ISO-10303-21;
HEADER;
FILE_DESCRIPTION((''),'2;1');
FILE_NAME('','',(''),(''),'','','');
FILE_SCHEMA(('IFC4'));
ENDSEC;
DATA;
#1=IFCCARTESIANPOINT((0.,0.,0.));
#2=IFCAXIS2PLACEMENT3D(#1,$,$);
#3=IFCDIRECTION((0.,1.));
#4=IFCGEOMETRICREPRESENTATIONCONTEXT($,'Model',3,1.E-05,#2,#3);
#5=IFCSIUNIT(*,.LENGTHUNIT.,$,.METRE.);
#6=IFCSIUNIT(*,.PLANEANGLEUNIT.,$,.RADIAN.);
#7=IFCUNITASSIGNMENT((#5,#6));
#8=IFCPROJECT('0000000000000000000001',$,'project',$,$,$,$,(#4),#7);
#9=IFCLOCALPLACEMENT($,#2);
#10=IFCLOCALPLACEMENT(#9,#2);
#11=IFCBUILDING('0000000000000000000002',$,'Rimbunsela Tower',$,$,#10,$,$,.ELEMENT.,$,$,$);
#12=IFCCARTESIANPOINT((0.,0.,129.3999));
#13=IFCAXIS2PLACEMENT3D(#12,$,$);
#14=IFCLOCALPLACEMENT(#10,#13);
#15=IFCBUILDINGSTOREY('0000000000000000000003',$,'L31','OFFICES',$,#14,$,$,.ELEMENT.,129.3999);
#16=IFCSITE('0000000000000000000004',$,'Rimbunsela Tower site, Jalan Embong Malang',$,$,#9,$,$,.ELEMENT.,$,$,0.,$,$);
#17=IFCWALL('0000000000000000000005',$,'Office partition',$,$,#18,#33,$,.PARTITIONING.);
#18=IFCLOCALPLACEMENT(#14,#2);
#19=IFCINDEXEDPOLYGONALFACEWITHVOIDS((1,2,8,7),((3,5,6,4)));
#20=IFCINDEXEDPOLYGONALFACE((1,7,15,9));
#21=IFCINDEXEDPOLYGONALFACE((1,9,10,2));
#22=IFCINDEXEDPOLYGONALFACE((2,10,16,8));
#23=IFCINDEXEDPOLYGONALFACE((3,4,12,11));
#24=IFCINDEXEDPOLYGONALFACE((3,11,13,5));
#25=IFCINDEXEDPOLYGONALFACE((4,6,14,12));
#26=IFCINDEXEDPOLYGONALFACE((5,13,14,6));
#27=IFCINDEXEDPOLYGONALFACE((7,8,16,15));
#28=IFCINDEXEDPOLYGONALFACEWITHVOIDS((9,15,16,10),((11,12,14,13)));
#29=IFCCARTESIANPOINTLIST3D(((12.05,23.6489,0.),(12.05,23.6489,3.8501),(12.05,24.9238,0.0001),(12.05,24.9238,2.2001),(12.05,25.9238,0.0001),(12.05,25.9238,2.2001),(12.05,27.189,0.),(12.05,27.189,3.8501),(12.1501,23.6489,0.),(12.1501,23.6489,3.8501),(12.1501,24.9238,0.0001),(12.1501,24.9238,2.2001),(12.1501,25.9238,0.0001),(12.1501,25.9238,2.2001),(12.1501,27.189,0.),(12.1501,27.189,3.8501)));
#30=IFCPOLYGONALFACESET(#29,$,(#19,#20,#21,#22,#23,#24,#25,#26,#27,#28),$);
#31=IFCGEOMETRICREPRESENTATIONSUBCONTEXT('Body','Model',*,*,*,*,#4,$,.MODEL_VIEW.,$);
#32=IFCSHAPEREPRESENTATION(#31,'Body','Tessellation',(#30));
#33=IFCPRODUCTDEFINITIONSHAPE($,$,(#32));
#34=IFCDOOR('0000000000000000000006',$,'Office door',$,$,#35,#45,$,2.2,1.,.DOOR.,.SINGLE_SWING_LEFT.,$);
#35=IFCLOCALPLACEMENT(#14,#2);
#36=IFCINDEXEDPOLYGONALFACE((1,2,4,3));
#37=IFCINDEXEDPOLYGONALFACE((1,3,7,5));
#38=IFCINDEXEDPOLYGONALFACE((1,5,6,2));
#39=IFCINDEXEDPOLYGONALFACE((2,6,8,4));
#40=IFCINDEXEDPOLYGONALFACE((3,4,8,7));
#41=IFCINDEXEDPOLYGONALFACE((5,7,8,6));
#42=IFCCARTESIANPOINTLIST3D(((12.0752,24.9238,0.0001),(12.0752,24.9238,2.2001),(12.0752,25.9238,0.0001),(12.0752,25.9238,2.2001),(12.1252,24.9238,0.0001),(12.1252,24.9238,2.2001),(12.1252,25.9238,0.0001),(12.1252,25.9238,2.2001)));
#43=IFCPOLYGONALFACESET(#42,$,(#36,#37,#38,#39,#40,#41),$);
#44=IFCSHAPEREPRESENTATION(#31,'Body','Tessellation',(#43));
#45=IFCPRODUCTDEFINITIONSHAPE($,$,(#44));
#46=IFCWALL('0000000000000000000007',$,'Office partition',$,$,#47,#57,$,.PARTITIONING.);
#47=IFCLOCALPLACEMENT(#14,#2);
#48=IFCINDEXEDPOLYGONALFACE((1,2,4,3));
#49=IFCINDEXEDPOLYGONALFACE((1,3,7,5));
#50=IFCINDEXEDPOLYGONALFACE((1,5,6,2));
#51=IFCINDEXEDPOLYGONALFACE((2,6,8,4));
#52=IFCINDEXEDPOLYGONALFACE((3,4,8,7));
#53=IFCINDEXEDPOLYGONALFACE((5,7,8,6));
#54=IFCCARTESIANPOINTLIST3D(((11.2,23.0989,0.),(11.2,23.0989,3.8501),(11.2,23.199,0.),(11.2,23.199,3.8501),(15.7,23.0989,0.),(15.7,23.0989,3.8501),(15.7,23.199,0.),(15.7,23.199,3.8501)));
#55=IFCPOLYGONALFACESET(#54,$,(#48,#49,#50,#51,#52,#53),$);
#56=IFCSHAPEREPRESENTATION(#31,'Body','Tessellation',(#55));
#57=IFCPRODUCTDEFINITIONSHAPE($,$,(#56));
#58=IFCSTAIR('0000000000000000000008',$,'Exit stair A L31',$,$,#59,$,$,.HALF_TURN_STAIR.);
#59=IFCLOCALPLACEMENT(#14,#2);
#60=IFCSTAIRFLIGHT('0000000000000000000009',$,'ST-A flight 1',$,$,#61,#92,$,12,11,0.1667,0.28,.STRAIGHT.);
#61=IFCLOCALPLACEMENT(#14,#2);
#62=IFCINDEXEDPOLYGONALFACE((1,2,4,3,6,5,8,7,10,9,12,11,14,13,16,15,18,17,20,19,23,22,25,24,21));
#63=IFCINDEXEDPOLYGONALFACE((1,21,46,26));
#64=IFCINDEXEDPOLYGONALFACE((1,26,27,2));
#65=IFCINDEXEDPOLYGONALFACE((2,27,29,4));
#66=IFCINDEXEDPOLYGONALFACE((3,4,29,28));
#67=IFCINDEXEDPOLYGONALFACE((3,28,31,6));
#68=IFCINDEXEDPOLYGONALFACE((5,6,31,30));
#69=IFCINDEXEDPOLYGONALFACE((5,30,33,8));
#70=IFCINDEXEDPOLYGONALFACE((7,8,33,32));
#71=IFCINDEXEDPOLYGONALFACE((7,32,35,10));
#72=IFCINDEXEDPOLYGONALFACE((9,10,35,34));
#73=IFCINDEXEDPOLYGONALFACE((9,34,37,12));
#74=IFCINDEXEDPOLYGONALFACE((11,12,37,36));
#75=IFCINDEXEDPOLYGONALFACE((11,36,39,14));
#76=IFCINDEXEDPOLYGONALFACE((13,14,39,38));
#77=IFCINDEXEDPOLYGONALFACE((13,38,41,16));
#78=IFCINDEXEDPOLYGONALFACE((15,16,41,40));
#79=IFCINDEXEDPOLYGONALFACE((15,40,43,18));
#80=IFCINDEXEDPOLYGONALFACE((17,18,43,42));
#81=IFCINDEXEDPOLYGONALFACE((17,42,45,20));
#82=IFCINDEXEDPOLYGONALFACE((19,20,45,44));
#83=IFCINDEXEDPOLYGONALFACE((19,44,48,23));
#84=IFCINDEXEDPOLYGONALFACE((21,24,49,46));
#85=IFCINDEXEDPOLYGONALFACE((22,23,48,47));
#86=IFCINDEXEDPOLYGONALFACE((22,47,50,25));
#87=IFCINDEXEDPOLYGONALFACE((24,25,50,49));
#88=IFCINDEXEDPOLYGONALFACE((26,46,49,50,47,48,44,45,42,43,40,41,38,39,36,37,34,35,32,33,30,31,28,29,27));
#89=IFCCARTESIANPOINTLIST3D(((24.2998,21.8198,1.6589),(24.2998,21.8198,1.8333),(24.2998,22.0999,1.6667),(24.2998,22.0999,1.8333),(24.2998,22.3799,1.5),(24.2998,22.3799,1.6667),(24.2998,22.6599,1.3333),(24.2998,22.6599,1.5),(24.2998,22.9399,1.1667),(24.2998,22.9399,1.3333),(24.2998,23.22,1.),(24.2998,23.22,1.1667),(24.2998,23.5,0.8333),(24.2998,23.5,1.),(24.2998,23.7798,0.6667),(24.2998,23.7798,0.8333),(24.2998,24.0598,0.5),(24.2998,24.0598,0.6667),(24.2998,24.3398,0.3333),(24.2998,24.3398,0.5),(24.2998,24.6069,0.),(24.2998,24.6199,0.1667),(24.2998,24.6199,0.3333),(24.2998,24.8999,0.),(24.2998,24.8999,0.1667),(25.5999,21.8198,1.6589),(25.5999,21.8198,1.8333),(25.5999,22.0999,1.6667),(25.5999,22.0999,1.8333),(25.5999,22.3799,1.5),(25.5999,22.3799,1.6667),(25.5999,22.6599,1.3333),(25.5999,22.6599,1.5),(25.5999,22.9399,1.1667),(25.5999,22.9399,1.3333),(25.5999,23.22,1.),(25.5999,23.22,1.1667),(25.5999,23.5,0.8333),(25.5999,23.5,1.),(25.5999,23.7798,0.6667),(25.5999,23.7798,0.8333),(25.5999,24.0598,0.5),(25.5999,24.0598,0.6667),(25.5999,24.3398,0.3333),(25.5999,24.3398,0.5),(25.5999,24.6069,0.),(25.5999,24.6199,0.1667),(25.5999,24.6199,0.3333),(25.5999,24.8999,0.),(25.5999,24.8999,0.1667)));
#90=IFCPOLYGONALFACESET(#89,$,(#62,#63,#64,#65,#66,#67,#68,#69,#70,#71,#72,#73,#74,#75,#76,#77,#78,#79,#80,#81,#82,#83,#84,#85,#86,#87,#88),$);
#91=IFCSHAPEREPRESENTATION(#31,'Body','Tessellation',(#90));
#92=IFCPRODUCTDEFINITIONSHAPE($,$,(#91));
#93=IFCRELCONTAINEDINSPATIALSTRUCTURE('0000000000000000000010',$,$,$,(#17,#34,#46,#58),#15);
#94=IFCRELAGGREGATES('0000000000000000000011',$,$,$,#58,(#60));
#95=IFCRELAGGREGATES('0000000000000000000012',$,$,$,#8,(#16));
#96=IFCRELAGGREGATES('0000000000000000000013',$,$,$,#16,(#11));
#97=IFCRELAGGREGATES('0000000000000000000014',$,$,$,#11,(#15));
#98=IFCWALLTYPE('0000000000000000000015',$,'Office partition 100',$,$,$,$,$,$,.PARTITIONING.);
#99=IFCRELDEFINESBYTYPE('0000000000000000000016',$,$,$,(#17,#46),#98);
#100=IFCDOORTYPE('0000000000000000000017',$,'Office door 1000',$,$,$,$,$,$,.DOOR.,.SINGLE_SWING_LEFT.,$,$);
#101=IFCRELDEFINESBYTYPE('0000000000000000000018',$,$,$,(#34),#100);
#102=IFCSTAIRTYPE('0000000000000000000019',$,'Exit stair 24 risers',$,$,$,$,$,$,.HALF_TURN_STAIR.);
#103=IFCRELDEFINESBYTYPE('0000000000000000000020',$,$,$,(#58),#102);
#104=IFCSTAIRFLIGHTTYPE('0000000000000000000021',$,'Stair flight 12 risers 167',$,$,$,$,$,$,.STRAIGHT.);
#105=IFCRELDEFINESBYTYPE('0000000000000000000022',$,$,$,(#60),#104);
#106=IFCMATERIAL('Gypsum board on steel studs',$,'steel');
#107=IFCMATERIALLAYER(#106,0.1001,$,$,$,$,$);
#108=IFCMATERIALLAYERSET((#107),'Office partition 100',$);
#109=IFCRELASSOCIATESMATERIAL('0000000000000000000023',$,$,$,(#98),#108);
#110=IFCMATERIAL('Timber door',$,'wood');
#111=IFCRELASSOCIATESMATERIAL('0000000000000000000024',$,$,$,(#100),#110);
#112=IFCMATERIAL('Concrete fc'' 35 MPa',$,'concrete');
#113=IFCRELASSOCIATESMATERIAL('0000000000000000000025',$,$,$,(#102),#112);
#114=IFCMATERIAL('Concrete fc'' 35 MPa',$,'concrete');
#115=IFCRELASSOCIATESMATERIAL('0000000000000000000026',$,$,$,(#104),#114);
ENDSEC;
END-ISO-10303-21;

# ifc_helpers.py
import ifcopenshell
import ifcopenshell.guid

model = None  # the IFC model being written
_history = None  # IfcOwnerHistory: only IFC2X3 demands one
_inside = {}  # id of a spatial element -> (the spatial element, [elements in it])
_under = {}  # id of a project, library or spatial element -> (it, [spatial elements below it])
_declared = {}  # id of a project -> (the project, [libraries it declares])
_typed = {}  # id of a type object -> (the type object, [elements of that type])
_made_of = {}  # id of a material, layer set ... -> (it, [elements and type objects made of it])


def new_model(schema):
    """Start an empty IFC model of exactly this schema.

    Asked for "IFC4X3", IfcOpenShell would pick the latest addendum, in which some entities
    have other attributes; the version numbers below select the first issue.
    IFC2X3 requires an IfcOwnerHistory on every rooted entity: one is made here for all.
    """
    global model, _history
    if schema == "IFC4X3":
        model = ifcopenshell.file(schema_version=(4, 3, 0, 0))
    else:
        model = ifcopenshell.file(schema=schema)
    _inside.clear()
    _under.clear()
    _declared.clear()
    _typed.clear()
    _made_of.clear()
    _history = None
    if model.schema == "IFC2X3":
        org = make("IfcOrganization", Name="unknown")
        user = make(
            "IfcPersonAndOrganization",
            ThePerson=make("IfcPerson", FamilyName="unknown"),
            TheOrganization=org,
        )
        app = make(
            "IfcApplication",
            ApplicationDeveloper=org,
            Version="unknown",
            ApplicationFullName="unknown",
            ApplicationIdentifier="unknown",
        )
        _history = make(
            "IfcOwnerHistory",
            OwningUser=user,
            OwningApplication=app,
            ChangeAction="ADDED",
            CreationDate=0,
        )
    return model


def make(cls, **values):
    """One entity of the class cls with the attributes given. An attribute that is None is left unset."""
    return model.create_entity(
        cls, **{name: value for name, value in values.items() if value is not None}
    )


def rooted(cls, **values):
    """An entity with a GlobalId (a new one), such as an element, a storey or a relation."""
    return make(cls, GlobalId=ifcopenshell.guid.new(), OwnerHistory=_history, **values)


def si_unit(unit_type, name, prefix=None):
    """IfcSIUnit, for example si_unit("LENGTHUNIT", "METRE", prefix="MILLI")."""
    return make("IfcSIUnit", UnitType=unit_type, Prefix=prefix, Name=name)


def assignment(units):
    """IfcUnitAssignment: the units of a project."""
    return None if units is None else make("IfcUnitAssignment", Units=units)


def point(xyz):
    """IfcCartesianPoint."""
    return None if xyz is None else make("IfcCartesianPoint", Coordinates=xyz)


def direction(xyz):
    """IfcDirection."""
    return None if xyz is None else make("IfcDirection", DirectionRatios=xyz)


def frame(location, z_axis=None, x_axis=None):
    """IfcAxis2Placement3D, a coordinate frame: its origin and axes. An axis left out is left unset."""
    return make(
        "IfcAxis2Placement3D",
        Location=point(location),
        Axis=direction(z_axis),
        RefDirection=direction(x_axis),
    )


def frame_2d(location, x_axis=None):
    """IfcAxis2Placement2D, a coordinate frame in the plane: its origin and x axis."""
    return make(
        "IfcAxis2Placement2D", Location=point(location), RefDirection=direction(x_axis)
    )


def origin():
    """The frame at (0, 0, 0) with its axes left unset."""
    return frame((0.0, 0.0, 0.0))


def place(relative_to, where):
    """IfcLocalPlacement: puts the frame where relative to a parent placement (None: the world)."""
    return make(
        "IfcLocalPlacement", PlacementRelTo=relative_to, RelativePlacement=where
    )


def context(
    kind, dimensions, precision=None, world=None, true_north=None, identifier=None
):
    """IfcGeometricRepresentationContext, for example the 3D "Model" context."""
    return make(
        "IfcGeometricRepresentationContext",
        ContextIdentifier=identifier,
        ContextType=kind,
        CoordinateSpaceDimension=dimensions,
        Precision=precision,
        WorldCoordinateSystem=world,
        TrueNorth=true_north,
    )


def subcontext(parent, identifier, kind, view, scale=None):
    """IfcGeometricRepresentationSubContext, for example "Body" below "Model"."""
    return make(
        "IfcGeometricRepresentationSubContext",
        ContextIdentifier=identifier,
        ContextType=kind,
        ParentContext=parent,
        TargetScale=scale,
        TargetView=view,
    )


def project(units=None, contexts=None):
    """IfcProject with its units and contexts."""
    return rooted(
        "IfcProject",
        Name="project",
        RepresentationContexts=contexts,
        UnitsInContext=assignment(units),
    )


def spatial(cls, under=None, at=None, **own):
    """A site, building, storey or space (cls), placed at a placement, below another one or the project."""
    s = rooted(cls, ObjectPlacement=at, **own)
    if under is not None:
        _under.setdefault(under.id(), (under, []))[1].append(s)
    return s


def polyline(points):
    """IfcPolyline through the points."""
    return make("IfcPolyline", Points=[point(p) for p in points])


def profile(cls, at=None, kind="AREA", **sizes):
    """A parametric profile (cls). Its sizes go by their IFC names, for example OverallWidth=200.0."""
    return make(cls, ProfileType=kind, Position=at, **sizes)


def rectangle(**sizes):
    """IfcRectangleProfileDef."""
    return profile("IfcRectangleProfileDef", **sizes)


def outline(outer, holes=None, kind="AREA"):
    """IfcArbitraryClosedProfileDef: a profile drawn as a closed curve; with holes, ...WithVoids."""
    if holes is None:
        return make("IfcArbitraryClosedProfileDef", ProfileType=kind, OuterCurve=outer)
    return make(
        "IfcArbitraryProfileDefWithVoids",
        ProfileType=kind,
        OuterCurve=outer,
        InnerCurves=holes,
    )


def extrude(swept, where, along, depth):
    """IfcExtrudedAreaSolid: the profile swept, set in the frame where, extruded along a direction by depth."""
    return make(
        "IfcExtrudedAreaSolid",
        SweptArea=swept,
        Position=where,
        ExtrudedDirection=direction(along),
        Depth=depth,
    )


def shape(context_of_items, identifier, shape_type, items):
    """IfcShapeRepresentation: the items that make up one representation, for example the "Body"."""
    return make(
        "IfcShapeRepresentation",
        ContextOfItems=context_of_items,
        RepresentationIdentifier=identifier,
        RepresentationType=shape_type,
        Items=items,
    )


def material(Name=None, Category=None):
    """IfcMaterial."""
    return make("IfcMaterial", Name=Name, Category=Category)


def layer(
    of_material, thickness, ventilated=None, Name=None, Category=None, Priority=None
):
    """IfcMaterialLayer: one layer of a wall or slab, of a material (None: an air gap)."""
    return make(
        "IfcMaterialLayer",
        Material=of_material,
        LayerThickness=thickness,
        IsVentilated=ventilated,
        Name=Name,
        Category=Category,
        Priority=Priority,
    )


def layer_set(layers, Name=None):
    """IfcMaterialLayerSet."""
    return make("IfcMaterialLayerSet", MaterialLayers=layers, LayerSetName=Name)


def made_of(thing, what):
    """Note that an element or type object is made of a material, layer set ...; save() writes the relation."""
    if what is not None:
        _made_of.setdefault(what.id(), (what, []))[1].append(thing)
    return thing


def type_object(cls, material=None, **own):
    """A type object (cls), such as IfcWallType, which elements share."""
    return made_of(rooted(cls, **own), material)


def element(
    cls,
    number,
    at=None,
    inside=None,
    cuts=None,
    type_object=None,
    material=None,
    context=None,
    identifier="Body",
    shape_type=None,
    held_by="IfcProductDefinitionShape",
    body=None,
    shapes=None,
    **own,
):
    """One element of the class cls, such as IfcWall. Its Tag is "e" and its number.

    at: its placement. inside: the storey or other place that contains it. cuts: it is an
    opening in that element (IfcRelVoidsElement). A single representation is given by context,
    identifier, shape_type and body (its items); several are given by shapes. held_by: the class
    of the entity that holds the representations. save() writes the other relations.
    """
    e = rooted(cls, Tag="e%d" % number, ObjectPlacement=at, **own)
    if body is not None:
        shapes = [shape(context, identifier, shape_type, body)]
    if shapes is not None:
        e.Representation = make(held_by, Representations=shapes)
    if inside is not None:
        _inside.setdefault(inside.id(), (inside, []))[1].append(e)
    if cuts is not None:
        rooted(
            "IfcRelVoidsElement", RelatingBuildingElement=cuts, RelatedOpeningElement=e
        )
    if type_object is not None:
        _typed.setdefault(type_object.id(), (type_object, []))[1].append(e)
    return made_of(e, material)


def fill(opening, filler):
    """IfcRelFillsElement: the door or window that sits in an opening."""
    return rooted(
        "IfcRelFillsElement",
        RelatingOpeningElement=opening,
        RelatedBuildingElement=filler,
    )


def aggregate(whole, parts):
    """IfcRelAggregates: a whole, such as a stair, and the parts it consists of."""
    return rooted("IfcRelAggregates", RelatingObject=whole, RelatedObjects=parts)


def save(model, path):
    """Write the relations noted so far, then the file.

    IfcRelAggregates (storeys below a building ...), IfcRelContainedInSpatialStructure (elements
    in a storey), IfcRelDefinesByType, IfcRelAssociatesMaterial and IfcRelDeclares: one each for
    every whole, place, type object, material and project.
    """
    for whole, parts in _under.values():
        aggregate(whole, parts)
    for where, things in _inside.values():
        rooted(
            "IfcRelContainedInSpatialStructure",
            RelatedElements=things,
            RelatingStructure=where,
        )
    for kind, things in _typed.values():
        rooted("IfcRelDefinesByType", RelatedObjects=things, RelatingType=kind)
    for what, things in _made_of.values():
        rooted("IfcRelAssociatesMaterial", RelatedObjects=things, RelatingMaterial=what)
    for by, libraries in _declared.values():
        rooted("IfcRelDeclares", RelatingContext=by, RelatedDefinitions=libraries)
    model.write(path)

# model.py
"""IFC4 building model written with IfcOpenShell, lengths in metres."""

from ifc_helpers import new_model, si_unit, direction, frame, frame_2d, origin, place, context, subcontext, project, spatial, polyline, rectangle, outline, extrude, material, layer, layer_set, type_object, element, fill, aggregate, save


model = new_model("IFC4")

# Units and contexts
model_context = context("Model", 3, precision=1e-05, world=origin(), true_north=direction((0.0, 1.0)))
body_context = subcontext(model_context, "Body", "Model", "MODEL_VIEW")
ifc_project = project(units=[si_unit("LENGTHUNIT", "METRE"), si_unit("PLANEANGLEUNIT", "RADIAN")], contexts=[model_context])

# Site, building, storey
site_placement = place(None, origin())
site = spatial("IfcSite", under=ifc_project, at=site_placement, Name="Rimbunsela Tower site, Jalan Embong Malang", CompositionType="ELEMENT", RefElevation=0.0)
building_placement = place(site_placement, origin())
building = spatial("IfcBuilding", under=site, at=building_placement, Name="Rimbunsela Tower", CompositionType="ELEMENT")
storey_placement = place(building_placement, frame((0.0, 0.0, 129.3999)))
storey = spatial("IfcBuildingStorey", under=building, at=storey_placement, Name="L31", Description="OFFICES", CompositionType="ELEMENT", Elevation=129.3999)

# Wall, opening, door
ifc_material_1 = material(Name="Gypsum board on steel studs", Category="steel")
ifc_layer_1 = layer(ifc_material_1, 0.1001)
ifc_layer_set_1 = layer_set([ifc_layer_1], Name="Office partition 100")
wall_type_1 = type_object("IfcWallType", Name="Office partition 100", PredefinedType="PARTITIONING", material=ifc_layer_set_1)
wall_1_placement = place(storey_placement, frame((12.1001, 23.6489, 0.0), z_axis=(0.0, 0.0, 1.0), x_axis=(0.0, 1.0, 0.0)))
wall_1 = element("IfcWall", 1, at=wall_1_placement, inside=storey, type_object=wall_type_1, Name="Office partition", PredefinedType="PARTITIONING", context=body_context, shape_type="SweptSolid", body=[
    extrude(rectangle(XDim=3.54, YDim=0.1001, at=frame_2d((1.77, 0.0))), origin(), (0.0, 0.0, 1.0), 3.8501),
])
opening_1_placement = place(wall_1_placement, frame((1.2749, 0.0, 0.0)))
opening_1 = element("IfcOpeningElement", 2, at=opening_1_placement, cuts=wall_1, PredefinedType="OPENING", context=body_context, shape_type="SweptSolid", body=[
    extrude(rectangle(XDim=1.0, YDim=2.2, at=frame_2d((0.5, 1.1001))), frame((0.0, 0.0601, 0.0), z_axis=(0.0, -1.0, 0.0), x_axis=(1.0, 0.0, 0.0)), (0.0, 0.0, 1.0), 0.1201),
])
ifc_material_2 = material(Name="Timber door", Category="wood")
door_type_1 = type_object("IfcDoorType", Name="Office door 1000", OperationType="SINGLE_SWING_LEFT", PredefinedType="DOOR", material=ifc_material_2)
door_1_placement = place(opening_1_placement, origin())
door_1 = element("IfcDoor", 3, at=door_1_placement, inside=storey, type_object=door_type_1, Name="Office door", OperationType="SINGLE_SWING_LEFT", OverallHeight=2.2, OverallWidth=1.0, PredefinedType="DOOR", context=body_context, shape_type="SweptSolid", body=[
    extrude(rectangle(XDim=1.0, YDim=2.2, at=frame_2d((0.5, 1.1001))), frame((0.0, 0.0249, 0.0), z_axis=(0.0, -1.0, 0.0), x_axis=(1.0, 0.0, 0.0)), (0.0, 0.0, 1.0), 0.05),
])
fill(opening_1, door_1)

# Wall
wall_2_placement = place(storey_placement, frame((15.7, 23.1489, 0.0), z_axis=(0.0, 0.0, 1.0), x_axis=(-1.0, 0.0, 0.0)))
element("IfcWall", 4, at=wall_2_placement, inside=storey, type_object=wall_type_1, Name="Office partition", PredefinedType="PARTITIONING", context=body_context, shape_type="SweptSolid", body=[
    extrude(rectangle(XDim=4.5, YDim=0.1001, at=frame_2d((2.25, 0.0))), origin(), (0.0, 0.0, 1.0), 3.8501),
])

# Stair, stair flight
ifc_material_3 = material(Name="Concrete fc' 35 MPa", Category="concrete")
stair_type = type_object("IfcStairType", Name="Exit stair 24 risers", PredefinedType="HALF_TURN_STAIR", material=ifc_material_3)
stair_placement = place(storey_placement, origin())
stair = element("IfcStair", 5, at=stair_placement, inside=storey, type_object=stair_type, Name="Exit stair A L31", PredefinedType="HALF_TURN_STAIR")
ifc_material_4 = material(Name="Concrete fc' 35 MPa", Category="concrete")
stair_flight_type = type_object("IfcStairFlightType", Name="Stair flight 12 risers 167", PredefinedType="STRAIGHT", material=ifc_material_4)
stair_flight_placement = place(storey_placement, frame((24.95, 24.8999, 0.0), z_axis=(0.0, 0.0, 1.0), x_axis=(0.0, -1.0, 0.0)))
stair_flight = element("IfcStairFlight", 6, at=stair_flight_placement, type_object=stair_flight_type, Name="ST-A flight 1", NumberOfRisers=12, NumberOfTreads=11, PredefinedType="STRAIGHT", RiserHeight=0.1667, TreadLength=0.28, context=body_context, shape_type="SweptSolid", body=[
    extrude(outline(polyline([(0.0, 0.0), (0.0, 0.1667), (0.28, 0.1667), (0.28, 0.3333), (0.5601, 0.3333), (0.5601, 0.5), (0.8401, 0.5), (0.8401, 0.6667), (1.1201, 0.6667), (1.1201, 0.8333), (1.3999, 0.8333), (1.3999, 1.0), (1.6799, 1.0), (1.6799, 1.1667), (1.96, 1.1667), (1.96, 1.3333), (2.24, 1.3333), (2.24, 1.5), (2.52, 1.5), (2.52, 1.6667), (2.8, 1.6667), (2.8, 1.8333), (3.0801, 1.8333), (3.0801, 2.0), (3.0801, 1.6589), (0.293, 0.0), (0.0, 0.0)])), frame((0.0, 0.6499, 0.0), z_axis=(0.0, -1.0, 0.0), x_axis=(1.0, 0.0, 0.0)), (0.0, 0.0, 1.0), 1.3),
])
aggregate(stair, [stair_flight])

save(model, "model.ifc")
